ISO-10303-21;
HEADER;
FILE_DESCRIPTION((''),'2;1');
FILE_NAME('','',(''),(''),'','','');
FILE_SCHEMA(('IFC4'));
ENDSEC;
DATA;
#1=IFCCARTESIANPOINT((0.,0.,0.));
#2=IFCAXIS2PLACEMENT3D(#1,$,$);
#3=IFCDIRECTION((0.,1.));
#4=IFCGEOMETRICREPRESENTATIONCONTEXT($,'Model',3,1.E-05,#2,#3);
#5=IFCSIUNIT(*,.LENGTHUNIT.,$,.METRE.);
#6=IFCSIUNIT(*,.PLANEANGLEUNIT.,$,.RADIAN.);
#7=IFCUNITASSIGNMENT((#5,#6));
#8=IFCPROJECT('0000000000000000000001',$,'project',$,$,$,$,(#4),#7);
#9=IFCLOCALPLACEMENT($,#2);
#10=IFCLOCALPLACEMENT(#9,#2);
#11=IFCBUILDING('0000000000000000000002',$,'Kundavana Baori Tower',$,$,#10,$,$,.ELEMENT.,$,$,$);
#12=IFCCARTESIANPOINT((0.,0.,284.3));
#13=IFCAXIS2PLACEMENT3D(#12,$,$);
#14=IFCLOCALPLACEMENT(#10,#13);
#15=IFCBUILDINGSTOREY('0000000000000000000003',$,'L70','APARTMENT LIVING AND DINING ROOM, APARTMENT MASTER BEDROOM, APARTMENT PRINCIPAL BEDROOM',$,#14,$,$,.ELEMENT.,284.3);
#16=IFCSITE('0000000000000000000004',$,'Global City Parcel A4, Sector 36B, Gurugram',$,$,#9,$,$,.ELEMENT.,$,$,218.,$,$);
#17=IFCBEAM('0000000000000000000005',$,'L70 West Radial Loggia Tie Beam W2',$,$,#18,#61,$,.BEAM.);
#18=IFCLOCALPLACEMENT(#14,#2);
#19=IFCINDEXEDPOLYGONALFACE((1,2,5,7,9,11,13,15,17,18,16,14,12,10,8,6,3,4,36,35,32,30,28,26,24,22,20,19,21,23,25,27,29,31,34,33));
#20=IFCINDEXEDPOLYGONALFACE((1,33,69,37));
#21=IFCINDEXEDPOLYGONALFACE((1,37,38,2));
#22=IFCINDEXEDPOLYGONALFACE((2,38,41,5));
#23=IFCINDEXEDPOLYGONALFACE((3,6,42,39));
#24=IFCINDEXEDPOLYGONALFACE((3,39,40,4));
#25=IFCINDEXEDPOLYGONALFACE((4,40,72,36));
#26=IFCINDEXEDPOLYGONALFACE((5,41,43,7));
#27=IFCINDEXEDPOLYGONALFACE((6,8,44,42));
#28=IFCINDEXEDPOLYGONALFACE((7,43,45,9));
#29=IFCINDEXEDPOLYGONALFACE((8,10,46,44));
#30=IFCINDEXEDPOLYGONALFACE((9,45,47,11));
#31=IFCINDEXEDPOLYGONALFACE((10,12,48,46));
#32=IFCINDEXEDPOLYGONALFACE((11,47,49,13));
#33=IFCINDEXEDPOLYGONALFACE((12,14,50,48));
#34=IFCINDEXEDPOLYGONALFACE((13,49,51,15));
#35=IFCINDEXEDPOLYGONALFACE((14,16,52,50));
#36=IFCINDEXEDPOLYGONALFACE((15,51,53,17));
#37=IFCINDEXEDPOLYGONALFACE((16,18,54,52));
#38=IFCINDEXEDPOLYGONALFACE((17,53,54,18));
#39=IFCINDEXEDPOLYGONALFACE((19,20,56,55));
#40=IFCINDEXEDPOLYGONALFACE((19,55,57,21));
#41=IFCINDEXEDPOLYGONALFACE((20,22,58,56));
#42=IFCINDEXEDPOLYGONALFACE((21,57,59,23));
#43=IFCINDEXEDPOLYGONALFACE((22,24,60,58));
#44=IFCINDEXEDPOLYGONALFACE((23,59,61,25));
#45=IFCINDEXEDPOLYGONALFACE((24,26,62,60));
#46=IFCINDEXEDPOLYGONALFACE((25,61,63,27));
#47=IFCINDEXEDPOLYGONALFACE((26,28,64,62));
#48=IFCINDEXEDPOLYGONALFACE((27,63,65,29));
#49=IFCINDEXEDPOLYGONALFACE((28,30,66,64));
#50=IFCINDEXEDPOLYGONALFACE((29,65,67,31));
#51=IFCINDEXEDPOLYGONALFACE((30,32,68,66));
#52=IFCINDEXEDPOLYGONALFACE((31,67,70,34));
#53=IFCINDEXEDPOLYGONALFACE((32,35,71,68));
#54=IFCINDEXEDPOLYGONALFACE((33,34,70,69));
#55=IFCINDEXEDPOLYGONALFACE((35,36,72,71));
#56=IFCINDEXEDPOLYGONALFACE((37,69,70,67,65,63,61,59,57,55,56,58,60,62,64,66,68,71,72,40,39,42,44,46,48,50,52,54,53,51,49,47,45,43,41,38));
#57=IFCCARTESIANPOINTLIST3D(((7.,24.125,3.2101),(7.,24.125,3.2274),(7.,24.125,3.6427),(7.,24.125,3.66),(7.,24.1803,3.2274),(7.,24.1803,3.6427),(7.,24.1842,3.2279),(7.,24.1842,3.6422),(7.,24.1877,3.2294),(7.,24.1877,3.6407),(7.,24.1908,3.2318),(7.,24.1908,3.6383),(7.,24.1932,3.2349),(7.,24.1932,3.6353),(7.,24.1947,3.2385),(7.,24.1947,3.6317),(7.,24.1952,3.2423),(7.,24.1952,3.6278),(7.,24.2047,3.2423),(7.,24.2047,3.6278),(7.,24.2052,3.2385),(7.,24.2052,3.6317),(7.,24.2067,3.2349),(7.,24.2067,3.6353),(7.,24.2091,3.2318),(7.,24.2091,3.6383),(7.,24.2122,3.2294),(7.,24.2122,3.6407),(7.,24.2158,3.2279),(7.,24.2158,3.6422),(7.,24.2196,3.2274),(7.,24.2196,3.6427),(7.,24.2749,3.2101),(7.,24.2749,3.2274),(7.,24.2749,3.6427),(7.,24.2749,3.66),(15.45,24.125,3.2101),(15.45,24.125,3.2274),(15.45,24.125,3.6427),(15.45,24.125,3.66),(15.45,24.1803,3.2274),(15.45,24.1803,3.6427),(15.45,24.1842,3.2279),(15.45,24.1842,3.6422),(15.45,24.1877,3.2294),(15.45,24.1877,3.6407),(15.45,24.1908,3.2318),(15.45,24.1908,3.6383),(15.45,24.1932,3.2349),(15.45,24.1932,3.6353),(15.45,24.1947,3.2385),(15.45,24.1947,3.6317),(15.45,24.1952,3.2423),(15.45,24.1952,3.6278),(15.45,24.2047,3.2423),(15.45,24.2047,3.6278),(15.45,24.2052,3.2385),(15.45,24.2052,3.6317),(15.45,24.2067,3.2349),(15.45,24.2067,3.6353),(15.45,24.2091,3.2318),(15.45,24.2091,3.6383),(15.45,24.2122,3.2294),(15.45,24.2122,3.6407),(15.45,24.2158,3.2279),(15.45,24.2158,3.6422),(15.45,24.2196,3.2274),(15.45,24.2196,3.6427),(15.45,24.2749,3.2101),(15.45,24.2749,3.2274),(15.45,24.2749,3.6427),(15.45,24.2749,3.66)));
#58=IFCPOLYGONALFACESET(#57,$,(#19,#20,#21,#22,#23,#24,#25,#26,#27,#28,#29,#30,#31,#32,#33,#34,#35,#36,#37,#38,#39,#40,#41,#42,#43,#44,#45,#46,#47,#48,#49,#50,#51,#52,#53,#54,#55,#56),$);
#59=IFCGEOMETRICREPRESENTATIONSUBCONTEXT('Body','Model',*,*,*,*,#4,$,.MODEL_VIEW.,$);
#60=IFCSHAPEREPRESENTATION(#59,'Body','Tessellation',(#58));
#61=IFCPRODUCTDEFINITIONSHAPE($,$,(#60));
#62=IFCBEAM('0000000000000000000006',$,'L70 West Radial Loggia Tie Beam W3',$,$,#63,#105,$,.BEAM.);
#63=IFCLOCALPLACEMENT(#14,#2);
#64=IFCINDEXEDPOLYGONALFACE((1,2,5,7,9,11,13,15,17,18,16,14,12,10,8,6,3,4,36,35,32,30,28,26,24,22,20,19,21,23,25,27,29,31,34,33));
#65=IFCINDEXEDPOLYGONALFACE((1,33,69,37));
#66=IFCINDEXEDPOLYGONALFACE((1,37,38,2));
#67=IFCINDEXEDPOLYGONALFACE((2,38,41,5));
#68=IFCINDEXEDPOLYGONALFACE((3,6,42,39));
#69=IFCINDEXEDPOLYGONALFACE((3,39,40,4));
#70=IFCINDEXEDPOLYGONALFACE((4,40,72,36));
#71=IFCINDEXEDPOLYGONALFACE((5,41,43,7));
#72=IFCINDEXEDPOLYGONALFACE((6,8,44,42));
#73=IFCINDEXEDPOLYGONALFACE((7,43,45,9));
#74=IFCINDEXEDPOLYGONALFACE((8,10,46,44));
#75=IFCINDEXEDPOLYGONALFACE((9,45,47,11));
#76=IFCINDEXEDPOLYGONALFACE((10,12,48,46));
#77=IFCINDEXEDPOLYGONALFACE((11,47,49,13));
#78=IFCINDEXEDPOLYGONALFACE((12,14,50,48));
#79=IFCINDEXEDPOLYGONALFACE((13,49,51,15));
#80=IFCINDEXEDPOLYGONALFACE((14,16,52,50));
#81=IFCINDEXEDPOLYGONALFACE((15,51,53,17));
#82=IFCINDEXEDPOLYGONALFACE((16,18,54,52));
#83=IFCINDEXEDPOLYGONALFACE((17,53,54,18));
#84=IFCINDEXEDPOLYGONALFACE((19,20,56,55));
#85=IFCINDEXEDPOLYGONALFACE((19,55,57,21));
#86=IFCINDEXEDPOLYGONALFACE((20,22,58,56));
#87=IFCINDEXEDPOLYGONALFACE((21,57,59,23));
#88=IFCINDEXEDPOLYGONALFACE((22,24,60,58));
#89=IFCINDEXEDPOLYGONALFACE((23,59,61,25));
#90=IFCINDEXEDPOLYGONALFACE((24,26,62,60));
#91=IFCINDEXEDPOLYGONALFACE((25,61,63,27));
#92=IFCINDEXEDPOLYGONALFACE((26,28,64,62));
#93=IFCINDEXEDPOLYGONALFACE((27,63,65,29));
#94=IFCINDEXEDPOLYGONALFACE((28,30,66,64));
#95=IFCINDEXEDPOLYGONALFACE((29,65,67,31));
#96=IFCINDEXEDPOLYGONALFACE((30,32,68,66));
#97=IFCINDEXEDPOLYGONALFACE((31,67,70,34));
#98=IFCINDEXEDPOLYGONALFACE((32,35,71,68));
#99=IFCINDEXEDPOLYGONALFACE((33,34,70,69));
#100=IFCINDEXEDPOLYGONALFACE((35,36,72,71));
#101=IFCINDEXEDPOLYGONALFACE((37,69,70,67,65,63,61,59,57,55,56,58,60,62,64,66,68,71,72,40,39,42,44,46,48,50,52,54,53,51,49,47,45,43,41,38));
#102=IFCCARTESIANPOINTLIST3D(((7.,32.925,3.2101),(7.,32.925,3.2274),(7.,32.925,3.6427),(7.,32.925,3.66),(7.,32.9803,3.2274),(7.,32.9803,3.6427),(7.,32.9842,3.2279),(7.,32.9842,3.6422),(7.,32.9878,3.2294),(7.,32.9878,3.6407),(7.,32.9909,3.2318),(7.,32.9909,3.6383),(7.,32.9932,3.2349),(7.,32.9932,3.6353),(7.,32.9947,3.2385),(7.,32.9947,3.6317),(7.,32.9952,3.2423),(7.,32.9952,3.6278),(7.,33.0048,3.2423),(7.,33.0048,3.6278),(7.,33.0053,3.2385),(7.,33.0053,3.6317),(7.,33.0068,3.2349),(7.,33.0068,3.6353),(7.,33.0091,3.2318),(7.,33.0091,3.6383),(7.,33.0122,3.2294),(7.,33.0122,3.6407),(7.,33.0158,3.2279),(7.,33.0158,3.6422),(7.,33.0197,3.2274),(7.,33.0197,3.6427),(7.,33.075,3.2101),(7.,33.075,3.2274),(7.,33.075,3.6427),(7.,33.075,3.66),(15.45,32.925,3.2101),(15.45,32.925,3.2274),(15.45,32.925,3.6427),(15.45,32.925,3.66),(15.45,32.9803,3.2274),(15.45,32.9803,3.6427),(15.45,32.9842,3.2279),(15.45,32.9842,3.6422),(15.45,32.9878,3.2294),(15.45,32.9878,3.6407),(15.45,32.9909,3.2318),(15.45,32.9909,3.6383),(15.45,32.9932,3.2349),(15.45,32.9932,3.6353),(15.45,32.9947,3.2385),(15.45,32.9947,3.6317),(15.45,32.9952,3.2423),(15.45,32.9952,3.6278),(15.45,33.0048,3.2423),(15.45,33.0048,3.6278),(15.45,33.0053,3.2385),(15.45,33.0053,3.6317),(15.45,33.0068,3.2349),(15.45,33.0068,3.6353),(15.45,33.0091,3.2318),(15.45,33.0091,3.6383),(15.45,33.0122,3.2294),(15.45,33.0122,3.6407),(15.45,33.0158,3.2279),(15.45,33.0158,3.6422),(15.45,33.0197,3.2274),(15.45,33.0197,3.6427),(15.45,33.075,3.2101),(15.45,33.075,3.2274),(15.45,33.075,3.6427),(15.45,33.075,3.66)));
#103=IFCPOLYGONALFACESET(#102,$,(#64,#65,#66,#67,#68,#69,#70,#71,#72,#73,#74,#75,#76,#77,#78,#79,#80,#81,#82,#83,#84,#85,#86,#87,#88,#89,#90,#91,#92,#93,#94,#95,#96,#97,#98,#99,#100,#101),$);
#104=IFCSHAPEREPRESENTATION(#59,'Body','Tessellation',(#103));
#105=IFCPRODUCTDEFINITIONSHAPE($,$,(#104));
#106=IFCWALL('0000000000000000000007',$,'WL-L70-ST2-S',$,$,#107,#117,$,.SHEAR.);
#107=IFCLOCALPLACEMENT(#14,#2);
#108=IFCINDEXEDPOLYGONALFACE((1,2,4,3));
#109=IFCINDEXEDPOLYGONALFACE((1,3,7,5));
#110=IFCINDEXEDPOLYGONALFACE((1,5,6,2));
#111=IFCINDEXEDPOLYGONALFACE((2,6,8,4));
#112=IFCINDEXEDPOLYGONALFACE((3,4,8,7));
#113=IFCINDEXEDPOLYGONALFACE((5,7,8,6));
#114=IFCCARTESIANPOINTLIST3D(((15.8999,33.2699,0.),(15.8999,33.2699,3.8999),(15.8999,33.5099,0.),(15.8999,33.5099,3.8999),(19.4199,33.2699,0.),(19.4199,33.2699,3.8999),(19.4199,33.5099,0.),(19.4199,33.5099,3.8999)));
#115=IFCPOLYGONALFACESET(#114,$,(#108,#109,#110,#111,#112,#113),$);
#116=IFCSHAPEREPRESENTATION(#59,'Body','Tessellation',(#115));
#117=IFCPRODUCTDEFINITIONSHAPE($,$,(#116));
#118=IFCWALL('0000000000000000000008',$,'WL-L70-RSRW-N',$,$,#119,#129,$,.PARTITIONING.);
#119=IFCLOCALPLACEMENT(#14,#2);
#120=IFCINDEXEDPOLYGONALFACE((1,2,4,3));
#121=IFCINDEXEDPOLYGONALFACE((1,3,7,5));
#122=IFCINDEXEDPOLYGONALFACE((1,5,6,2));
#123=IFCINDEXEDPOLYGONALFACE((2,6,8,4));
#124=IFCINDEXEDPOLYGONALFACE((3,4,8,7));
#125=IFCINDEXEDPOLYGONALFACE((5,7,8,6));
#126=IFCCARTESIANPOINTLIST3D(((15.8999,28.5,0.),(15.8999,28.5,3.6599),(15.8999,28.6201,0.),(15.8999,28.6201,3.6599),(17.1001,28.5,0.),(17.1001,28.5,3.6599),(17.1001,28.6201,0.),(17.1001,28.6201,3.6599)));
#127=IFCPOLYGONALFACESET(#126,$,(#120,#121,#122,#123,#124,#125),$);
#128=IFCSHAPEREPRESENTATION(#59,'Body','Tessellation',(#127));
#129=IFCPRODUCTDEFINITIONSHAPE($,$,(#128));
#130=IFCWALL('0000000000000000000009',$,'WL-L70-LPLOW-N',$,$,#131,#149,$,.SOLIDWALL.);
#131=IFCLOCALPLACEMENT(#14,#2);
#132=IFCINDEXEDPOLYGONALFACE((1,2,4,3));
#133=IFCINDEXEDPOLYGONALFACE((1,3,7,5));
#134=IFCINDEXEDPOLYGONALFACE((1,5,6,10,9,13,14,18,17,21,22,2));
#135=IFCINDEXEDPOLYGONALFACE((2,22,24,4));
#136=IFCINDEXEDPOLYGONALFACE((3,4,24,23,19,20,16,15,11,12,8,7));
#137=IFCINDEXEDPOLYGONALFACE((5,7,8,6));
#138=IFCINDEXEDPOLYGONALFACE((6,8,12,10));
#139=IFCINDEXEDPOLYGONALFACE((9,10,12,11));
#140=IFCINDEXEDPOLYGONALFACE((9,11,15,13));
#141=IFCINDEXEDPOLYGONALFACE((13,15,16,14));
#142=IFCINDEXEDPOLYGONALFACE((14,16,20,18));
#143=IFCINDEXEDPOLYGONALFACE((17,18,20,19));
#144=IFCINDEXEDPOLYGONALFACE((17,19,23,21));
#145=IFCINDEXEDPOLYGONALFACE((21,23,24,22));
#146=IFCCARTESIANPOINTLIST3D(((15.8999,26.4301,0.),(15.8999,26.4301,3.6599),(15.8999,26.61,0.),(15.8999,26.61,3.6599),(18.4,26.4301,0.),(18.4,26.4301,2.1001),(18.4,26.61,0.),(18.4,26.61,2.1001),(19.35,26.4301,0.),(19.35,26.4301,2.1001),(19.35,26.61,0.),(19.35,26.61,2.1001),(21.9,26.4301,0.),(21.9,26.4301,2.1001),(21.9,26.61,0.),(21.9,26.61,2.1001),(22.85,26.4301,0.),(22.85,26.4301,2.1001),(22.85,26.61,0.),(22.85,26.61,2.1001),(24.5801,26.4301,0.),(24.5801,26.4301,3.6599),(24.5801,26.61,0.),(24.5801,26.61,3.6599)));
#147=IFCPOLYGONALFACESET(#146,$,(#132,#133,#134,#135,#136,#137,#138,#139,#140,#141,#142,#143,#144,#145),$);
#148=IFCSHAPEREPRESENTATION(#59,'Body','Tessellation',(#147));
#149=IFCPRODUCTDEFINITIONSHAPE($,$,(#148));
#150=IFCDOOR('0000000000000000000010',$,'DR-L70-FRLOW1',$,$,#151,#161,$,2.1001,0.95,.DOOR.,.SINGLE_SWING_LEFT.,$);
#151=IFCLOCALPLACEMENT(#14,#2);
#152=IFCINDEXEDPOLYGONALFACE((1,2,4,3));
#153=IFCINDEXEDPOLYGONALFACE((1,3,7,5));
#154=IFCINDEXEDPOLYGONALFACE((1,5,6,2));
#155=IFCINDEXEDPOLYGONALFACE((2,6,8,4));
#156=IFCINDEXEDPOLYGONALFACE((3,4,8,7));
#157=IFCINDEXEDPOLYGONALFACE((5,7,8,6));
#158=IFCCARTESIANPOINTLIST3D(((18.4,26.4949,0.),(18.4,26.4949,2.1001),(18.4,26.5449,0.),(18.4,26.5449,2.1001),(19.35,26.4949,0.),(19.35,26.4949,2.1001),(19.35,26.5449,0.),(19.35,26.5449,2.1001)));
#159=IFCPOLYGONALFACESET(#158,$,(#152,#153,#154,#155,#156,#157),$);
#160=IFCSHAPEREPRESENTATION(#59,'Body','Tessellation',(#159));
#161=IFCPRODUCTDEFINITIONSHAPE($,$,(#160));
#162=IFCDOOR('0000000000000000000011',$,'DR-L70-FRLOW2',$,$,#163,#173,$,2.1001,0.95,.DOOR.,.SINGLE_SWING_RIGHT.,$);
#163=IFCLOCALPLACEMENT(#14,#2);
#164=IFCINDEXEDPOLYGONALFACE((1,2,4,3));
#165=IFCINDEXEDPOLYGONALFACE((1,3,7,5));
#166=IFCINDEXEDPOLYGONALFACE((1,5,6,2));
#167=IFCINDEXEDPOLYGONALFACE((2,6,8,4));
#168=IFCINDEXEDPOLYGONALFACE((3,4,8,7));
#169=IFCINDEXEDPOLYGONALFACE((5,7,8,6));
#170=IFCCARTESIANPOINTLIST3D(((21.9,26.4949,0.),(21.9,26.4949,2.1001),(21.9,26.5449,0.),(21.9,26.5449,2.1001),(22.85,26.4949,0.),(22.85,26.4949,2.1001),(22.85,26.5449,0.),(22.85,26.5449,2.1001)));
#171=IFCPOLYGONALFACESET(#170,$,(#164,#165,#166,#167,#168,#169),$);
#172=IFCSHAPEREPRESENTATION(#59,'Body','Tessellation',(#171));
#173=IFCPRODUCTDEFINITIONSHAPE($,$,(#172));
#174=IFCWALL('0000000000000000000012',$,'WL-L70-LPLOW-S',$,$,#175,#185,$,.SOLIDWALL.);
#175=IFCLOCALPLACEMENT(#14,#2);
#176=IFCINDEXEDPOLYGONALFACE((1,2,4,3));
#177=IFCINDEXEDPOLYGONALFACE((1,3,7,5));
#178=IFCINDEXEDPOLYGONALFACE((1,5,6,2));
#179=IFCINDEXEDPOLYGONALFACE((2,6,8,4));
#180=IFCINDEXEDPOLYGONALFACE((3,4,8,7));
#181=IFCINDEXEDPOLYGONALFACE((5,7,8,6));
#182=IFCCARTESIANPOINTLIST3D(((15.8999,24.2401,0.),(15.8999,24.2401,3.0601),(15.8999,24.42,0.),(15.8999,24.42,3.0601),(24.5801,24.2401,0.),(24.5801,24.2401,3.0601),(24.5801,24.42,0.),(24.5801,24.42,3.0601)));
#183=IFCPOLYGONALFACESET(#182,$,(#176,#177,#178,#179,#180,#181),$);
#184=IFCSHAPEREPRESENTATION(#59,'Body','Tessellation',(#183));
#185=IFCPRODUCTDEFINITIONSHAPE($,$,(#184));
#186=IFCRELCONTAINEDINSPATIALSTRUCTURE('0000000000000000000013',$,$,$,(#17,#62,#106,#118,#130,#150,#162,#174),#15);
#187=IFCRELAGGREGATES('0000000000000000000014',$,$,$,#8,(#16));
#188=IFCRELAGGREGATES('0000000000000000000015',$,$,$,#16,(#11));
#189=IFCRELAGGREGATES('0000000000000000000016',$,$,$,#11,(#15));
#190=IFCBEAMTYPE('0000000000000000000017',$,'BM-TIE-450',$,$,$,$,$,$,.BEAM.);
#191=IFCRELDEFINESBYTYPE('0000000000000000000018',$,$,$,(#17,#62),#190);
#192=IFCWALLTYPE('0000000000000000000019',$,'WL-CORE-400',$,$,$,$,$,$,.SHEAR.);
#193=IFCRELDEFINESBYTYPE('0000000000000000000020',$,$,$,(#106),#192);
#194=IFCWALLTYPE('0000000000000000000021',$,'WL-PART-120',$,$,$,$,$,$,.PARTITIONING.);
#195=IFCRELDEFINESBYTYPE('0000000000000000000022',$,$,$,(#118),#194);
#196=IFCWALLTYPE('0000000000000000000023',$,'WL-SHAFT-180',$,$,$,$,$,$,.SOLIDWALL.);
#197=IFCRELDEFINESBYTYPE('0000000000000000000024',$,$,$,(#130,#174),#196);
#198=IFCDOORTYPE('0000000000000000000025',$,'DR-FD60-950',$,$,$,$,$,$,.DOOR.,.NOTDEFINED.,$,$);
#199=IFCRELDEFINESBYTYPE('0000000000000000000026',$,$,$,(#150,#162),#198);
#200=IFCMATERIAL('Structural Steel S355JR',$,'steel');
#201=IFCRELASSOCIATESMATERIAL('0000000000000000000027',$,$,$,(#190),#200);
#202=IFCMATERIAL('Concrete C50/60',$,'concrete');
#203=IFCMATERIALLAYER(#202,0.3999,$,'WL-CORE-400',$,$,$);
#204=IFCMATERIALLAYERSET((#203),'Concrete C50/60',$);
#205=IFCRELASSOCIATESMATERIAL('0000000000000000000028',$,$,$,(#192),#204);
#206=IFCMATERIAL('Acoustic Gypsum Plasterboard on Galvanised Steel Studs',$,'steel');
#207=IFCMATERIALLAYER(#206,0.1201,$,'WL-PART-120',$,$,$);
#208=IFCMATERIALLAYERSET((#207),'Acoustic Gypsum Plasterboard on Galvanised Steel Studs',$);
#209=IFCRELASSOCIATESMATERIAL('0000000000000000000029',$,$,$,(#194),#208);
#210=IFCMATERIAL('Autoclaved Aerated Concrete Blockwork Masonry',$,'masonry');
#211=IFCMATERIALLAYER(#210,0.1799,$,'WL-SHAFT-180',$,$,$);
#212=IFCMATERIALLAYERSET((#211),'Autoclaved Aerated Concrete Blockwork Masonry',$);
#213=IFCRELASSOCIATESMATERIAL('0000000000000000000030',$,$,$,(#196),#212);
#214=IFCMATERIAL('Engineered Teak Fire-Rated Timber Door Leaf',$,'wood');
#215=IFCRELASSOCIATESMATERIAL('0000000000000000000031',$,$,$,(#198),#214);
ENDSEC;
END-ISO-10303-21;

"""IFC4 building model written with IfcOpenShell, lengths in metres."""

from ifc_helpers import new_model, si_unit, direction, frame, frame_2d, origin, origin_2d, place, context, subcontext, project, spatial, rectangle, i_section, extrude, material, layer, layer_set, material_profile, profile_set, type_object, element, fill, save


model = new_model("IFC4")

# Units and contexts
model_context = context("Model", 3, precision=1e-05, world=origin(), true_north=direction((0.0, 1.0)))
body_context = subcontext(model_context, "Body", "Model", "MODEL_VIEW")
ifc_project = project(units=[si_unit("LENGTHUNIT", "METRE"), si_unit("PLANEANGLEUNIT", "RADIAN")], contexts=[model_context])

# Site, building, storey
site_placement = place(None, origin())
site = spatial("IfcSite", under=ifc_project, at=site_placement, Name="Global City Parcel A4, Sector 36B, Gurugram", CompositionType="ELEMENT", RefElevation=218.0)
building_placement = place(site_placement, origin())
building = spatial("IfcBuilding", under=site, at=building_placement, Name="Kundavana Baori Tower", CompositionType="ELEMENT")
storey_placement = place(building_placement, frame((0.0, 0.0, 284.3)))
storey = spatial("IfcBuildingStorey", under=building, at=storey_placement, Name="L70", Description="APARTMENT LIVING AND DINING ROOM, APARTMENT MASTER BEDROOM, APARTMENT PRINCIPAL BEDROOM", CompositionType="ELEMENT", Elevation=284.3)

# Beams
ifc_material_1 = material(Name="Structural Steel S355JR", Category="steel")
ifc_material_profile_1 = material_profile(ifc_material_1, i_section(OverallWidth=0.1499, OverallDepth=0.45, WebThickness=0.0095, FlangeThickness=0.0173, FilletRadius=0.0149, at=origin_2d()), Name="ISMB 450")
ifc_profile_set_1 = profile_set([ifc_material_profile_1], Name="Structural Steel S355JR")
beam_type_1 = type_object("IfcBeamType", Name="BM-TIE-450", PredefinedType="BEAM", material=ifc_profile_set_1)
for number, where, z_axis, x_axis, name in (
    (1, (15.45, 24.2, 3.4351), (-1.0, 0.0, 0.0), (0.0, -1.0, 0.0), "L70 West Radial Loggia Tie Beam W2"),
    (2, (15.45, 33.0, 3.4351), (-1.0, 0.0, 0.0), (0.0, -1.0, 0.0), "L70 West Radial Loggia Tie Beam W3"),
):
    element("IfcBeam", number, at=place(storey_placement, frame(where, z_axis=z_axis, x_axis=x_axis)), inside=storey, type_object=beam_type_1, Name=name, PredefinedType="BEAM", context=body_context, shape_type="SweptSolid", body=[
        extrude(i_section(OverallWidth=0.1499, OverallDepth=0.45, WebThickness=0.0095, FlangeThickness=0.0173, FilletRadius=0.0149, at=origin_2d()), origin(), (0.0, 0.0, 1.0), 8.45),
    ])

# Walls
ifc_material_2 = material(Name="Concrete C50/60", Category="concrete")
ifc_layer_1 = layer(ifc_material_2, 0.3999, Name="WL-CORE-400")
ifc_layer_set_1 = layer_set([ifc_layer_1], Name="Concrete C50/60")
wall_type_1 = type_object("IfcWallType", Name="WL-CORE-400", PredefinedType="SHEAR", material=ifc_layer_set_1)
wall_1_placement = place(storey_placement, frame((15.8999, 33.3899, 0.0), z_axis=(0.0, 0.0, 1.0), x_axis=(1.0, 0.0, 0.0)))
element("IfcWall", 3, at=wall_1_placement, inside=storey, type_object=wall_type_1, Name="WL-L70-ST2-S", PredefinedType="SHEAR", context=body_context, shape_type="SweptSolid", body=[
    extrude(rectangle(XDim=3.52, YDim=0.24, at=frame_2d((1.76, 0.0))), origin(), (0.0, 0.0, 1.0), 3.8999),
])
ifc_material_3 = material(Name="Acoustic Gypsum Plasterboard on Galvanised Steel Studs", Category="steel")
ifc_layer_2 = layer(ifc_material_3, 0.1201, Name="WL-PART-120")
ifc_layer_set_2 = layer_set([ifc_layer_2], Name="Acoustic Gypsum Plasterboard on Galvanised Steel Studs")
wall_type_2 = type_object("IfcWallType", Name="WL-PART-120", PredefinedType="PARTITIONING", material=ifc_layer_set_2)
wall_2_placement = place(storey_placement, frame((15.8999, 28.5601, 0.0), z_axis=(0.0, 0.0, 1.0), x_axis=(1.0, 0.0, 0.0)))
element("IfcWall", 4, at=wall_2_placement, inside=storey, type_object=wall_type_2, Name="WL-L70-RSRW-N", PredefinedType="PARTITIONING", context=body_context, shape_type="SweptSolid", body=[
    extrude(rectangle(XDim=1.2002, YDim=0.1201, at=frame_2d((0.6001, 0.0))), origin(), (0.0, 0.0, 1.0), 3.6599),
])

# Wall, openings, doors
ifc_material_4 = material(Name="Autoclaved Aerated Concrete Blockwork Masonry", Category="masonry")
ifc_layer_3 = layer(ifc_material_4, 0.1799, Name="WL-SHAFT-180")
ifc_layer_set_3 = layer_set([ifc_layer_3], Name="Autoclaved Aerated Concrete Blockwork Masonry")
wall_type_3 = type_object("IfcWallType", Name="WL-SHAFT-180", PredefinedType="SOLIDWALL", material=ifc_layer_set_3)
wall_3_placement = place(storey_placement, frame((15.8999, 26.52, 0.0), z_axis=(0.0, 0.0, 1.0), x_axis=(1.0, 0.0, 0.0)))
wall_3 = element("IfcWall", 5, at=wall_3_placement, inside=storey, type_object=wall_type_3, Name="WL-L70-LPLOW-N", PredefinedType="SOLIDWALL", context=body_context, shape_type="SweptSolid", body=[
    extrude(rectangle(XDim=8.6802, YDim=0.1799, at=frame_2d((4.3401, 0.0))), origin(), (0.0, 0.0, 1.0), 3.6599),
])
opening_1_placement = place(wall_3_placement, frame((2.5, 0.0, 0.0)))
opening_1 = element("IfcOpeningElement", 6, at=opening_1_placement, cuts=wall_3, PredefinedType="OPENING", context=body_context, shape_type="SweptSolid", body=[
    extrude(rectangle(XDim=0.95, YDim=2.1001, at=frame_2d((0.4751, 1.05))), frame((0.0, 0.1001, 0.0), z_axis=(0.0, -1.0, 0.0), x_axis=(1.0, 0.0, 0.0)), (0.0, 0.0, 1.0), 0.2),
])
opening_2_placement = place(wall_3_placement, frame((6.0, 0.0, 0.0)))
opening_2 = element("IfcOpeningElement", 7, at=opening_2_placement, cuts=wall_3, PredefinedType="OPENING", context=body_context, shape_type="SweptSolid", body=[
    extrude(rectangle(XDim=0.95, YDim=2.1001, at=frame_2d((0.4751, 1.05))), frame((0.0, 0.1001, 0.0), z_axis=(0.0, -1.0, 0.0), x_axis=(1.0, 0.0, 0.0)), (0.0, 0.0, 1.0), 0.2),
])
ifc_material_5 = material(Name="Engineered Teak Fire-Rated Timber Door Leaf", Category="wood")
door_type = type_object("IfcDoorType", Name="DR-FD60-950", OperationType="NOTDEFINED", PredefinedType="DOOR", material=ifc_material_5)
door_1_placement = place(opening_1_placement, origin())
door_1 = element("IfcDoor", 8, at=door_1_placement, inside=storey, type_object=door_type, Name="DR-L70-FRLOW1", OperationType="SINGLE_SWING_LEFT", OverallHeight=2.1001, OverallWidth=0.95, PredefinedType="DOOR", context=body_context, shape_type="SweptSolid", body=[
    extrude(rectangle(XDim=0.95, YDim=2.1001, at=frame_2d((0.4751, 1.05))), frame((0.0, 0.0249, 0.0), z_axis=(0.0, -1.0, 0.0), x_axis=(1.0, 0.0, 0.0)), (0.0, 0.0, 1.0), 0.05),
])
fill(opening_1, door_1)
door_2_placement = place(opening_2_placement, origin())
door_2 = element("IfcDoor", 9, at=door_2_placement, inside=storey, type_object=door_type, Name="DR-L70-FRLOW2", OperationType="SINGLE_SWING_RIGHT", OverallHeight=2.1001, OverallWidth=0.95, PredefinedType="DOOR", context=body_context, shape_type="SweptSolid", body=[
    extrude(rectangle(XDim=0.95, YDim=2.1001, at=frame_2d((0.4751, 1.05))), frame((0.0, 0.0249, 0.0), z_axis=(0.0, -1.0, 0.0), x_axis=(1.0, 0.0, 0.0)), (0.0, 0.0, 1.0), 0.05),
])
fill(opening_2, door_2)

# Wall
wall_4_placement = place(storey_placement, frame((15.8999, 24.3301, 0.0), z_axis=(0.0, 0.0, 1.0), x_axis=(1.0, 0.0, 0.0)))
element("IfcWall", 10, at=wall_4_placement, inside=storey, type_object=wall_type_3, Name="WL-L70-LPLOW-S", PredefinedType="SOLIDWALL", context=body_context, shape_type="SweptSolid", body=[
    extrude(rectangle(XDim=8.6802, YDim=0.1799, at=frame_2d((4.3401, 0.0))), origin(), (0.0, 0.0, 1.0), 3.0601),
])

save(model, "model.ifc")
